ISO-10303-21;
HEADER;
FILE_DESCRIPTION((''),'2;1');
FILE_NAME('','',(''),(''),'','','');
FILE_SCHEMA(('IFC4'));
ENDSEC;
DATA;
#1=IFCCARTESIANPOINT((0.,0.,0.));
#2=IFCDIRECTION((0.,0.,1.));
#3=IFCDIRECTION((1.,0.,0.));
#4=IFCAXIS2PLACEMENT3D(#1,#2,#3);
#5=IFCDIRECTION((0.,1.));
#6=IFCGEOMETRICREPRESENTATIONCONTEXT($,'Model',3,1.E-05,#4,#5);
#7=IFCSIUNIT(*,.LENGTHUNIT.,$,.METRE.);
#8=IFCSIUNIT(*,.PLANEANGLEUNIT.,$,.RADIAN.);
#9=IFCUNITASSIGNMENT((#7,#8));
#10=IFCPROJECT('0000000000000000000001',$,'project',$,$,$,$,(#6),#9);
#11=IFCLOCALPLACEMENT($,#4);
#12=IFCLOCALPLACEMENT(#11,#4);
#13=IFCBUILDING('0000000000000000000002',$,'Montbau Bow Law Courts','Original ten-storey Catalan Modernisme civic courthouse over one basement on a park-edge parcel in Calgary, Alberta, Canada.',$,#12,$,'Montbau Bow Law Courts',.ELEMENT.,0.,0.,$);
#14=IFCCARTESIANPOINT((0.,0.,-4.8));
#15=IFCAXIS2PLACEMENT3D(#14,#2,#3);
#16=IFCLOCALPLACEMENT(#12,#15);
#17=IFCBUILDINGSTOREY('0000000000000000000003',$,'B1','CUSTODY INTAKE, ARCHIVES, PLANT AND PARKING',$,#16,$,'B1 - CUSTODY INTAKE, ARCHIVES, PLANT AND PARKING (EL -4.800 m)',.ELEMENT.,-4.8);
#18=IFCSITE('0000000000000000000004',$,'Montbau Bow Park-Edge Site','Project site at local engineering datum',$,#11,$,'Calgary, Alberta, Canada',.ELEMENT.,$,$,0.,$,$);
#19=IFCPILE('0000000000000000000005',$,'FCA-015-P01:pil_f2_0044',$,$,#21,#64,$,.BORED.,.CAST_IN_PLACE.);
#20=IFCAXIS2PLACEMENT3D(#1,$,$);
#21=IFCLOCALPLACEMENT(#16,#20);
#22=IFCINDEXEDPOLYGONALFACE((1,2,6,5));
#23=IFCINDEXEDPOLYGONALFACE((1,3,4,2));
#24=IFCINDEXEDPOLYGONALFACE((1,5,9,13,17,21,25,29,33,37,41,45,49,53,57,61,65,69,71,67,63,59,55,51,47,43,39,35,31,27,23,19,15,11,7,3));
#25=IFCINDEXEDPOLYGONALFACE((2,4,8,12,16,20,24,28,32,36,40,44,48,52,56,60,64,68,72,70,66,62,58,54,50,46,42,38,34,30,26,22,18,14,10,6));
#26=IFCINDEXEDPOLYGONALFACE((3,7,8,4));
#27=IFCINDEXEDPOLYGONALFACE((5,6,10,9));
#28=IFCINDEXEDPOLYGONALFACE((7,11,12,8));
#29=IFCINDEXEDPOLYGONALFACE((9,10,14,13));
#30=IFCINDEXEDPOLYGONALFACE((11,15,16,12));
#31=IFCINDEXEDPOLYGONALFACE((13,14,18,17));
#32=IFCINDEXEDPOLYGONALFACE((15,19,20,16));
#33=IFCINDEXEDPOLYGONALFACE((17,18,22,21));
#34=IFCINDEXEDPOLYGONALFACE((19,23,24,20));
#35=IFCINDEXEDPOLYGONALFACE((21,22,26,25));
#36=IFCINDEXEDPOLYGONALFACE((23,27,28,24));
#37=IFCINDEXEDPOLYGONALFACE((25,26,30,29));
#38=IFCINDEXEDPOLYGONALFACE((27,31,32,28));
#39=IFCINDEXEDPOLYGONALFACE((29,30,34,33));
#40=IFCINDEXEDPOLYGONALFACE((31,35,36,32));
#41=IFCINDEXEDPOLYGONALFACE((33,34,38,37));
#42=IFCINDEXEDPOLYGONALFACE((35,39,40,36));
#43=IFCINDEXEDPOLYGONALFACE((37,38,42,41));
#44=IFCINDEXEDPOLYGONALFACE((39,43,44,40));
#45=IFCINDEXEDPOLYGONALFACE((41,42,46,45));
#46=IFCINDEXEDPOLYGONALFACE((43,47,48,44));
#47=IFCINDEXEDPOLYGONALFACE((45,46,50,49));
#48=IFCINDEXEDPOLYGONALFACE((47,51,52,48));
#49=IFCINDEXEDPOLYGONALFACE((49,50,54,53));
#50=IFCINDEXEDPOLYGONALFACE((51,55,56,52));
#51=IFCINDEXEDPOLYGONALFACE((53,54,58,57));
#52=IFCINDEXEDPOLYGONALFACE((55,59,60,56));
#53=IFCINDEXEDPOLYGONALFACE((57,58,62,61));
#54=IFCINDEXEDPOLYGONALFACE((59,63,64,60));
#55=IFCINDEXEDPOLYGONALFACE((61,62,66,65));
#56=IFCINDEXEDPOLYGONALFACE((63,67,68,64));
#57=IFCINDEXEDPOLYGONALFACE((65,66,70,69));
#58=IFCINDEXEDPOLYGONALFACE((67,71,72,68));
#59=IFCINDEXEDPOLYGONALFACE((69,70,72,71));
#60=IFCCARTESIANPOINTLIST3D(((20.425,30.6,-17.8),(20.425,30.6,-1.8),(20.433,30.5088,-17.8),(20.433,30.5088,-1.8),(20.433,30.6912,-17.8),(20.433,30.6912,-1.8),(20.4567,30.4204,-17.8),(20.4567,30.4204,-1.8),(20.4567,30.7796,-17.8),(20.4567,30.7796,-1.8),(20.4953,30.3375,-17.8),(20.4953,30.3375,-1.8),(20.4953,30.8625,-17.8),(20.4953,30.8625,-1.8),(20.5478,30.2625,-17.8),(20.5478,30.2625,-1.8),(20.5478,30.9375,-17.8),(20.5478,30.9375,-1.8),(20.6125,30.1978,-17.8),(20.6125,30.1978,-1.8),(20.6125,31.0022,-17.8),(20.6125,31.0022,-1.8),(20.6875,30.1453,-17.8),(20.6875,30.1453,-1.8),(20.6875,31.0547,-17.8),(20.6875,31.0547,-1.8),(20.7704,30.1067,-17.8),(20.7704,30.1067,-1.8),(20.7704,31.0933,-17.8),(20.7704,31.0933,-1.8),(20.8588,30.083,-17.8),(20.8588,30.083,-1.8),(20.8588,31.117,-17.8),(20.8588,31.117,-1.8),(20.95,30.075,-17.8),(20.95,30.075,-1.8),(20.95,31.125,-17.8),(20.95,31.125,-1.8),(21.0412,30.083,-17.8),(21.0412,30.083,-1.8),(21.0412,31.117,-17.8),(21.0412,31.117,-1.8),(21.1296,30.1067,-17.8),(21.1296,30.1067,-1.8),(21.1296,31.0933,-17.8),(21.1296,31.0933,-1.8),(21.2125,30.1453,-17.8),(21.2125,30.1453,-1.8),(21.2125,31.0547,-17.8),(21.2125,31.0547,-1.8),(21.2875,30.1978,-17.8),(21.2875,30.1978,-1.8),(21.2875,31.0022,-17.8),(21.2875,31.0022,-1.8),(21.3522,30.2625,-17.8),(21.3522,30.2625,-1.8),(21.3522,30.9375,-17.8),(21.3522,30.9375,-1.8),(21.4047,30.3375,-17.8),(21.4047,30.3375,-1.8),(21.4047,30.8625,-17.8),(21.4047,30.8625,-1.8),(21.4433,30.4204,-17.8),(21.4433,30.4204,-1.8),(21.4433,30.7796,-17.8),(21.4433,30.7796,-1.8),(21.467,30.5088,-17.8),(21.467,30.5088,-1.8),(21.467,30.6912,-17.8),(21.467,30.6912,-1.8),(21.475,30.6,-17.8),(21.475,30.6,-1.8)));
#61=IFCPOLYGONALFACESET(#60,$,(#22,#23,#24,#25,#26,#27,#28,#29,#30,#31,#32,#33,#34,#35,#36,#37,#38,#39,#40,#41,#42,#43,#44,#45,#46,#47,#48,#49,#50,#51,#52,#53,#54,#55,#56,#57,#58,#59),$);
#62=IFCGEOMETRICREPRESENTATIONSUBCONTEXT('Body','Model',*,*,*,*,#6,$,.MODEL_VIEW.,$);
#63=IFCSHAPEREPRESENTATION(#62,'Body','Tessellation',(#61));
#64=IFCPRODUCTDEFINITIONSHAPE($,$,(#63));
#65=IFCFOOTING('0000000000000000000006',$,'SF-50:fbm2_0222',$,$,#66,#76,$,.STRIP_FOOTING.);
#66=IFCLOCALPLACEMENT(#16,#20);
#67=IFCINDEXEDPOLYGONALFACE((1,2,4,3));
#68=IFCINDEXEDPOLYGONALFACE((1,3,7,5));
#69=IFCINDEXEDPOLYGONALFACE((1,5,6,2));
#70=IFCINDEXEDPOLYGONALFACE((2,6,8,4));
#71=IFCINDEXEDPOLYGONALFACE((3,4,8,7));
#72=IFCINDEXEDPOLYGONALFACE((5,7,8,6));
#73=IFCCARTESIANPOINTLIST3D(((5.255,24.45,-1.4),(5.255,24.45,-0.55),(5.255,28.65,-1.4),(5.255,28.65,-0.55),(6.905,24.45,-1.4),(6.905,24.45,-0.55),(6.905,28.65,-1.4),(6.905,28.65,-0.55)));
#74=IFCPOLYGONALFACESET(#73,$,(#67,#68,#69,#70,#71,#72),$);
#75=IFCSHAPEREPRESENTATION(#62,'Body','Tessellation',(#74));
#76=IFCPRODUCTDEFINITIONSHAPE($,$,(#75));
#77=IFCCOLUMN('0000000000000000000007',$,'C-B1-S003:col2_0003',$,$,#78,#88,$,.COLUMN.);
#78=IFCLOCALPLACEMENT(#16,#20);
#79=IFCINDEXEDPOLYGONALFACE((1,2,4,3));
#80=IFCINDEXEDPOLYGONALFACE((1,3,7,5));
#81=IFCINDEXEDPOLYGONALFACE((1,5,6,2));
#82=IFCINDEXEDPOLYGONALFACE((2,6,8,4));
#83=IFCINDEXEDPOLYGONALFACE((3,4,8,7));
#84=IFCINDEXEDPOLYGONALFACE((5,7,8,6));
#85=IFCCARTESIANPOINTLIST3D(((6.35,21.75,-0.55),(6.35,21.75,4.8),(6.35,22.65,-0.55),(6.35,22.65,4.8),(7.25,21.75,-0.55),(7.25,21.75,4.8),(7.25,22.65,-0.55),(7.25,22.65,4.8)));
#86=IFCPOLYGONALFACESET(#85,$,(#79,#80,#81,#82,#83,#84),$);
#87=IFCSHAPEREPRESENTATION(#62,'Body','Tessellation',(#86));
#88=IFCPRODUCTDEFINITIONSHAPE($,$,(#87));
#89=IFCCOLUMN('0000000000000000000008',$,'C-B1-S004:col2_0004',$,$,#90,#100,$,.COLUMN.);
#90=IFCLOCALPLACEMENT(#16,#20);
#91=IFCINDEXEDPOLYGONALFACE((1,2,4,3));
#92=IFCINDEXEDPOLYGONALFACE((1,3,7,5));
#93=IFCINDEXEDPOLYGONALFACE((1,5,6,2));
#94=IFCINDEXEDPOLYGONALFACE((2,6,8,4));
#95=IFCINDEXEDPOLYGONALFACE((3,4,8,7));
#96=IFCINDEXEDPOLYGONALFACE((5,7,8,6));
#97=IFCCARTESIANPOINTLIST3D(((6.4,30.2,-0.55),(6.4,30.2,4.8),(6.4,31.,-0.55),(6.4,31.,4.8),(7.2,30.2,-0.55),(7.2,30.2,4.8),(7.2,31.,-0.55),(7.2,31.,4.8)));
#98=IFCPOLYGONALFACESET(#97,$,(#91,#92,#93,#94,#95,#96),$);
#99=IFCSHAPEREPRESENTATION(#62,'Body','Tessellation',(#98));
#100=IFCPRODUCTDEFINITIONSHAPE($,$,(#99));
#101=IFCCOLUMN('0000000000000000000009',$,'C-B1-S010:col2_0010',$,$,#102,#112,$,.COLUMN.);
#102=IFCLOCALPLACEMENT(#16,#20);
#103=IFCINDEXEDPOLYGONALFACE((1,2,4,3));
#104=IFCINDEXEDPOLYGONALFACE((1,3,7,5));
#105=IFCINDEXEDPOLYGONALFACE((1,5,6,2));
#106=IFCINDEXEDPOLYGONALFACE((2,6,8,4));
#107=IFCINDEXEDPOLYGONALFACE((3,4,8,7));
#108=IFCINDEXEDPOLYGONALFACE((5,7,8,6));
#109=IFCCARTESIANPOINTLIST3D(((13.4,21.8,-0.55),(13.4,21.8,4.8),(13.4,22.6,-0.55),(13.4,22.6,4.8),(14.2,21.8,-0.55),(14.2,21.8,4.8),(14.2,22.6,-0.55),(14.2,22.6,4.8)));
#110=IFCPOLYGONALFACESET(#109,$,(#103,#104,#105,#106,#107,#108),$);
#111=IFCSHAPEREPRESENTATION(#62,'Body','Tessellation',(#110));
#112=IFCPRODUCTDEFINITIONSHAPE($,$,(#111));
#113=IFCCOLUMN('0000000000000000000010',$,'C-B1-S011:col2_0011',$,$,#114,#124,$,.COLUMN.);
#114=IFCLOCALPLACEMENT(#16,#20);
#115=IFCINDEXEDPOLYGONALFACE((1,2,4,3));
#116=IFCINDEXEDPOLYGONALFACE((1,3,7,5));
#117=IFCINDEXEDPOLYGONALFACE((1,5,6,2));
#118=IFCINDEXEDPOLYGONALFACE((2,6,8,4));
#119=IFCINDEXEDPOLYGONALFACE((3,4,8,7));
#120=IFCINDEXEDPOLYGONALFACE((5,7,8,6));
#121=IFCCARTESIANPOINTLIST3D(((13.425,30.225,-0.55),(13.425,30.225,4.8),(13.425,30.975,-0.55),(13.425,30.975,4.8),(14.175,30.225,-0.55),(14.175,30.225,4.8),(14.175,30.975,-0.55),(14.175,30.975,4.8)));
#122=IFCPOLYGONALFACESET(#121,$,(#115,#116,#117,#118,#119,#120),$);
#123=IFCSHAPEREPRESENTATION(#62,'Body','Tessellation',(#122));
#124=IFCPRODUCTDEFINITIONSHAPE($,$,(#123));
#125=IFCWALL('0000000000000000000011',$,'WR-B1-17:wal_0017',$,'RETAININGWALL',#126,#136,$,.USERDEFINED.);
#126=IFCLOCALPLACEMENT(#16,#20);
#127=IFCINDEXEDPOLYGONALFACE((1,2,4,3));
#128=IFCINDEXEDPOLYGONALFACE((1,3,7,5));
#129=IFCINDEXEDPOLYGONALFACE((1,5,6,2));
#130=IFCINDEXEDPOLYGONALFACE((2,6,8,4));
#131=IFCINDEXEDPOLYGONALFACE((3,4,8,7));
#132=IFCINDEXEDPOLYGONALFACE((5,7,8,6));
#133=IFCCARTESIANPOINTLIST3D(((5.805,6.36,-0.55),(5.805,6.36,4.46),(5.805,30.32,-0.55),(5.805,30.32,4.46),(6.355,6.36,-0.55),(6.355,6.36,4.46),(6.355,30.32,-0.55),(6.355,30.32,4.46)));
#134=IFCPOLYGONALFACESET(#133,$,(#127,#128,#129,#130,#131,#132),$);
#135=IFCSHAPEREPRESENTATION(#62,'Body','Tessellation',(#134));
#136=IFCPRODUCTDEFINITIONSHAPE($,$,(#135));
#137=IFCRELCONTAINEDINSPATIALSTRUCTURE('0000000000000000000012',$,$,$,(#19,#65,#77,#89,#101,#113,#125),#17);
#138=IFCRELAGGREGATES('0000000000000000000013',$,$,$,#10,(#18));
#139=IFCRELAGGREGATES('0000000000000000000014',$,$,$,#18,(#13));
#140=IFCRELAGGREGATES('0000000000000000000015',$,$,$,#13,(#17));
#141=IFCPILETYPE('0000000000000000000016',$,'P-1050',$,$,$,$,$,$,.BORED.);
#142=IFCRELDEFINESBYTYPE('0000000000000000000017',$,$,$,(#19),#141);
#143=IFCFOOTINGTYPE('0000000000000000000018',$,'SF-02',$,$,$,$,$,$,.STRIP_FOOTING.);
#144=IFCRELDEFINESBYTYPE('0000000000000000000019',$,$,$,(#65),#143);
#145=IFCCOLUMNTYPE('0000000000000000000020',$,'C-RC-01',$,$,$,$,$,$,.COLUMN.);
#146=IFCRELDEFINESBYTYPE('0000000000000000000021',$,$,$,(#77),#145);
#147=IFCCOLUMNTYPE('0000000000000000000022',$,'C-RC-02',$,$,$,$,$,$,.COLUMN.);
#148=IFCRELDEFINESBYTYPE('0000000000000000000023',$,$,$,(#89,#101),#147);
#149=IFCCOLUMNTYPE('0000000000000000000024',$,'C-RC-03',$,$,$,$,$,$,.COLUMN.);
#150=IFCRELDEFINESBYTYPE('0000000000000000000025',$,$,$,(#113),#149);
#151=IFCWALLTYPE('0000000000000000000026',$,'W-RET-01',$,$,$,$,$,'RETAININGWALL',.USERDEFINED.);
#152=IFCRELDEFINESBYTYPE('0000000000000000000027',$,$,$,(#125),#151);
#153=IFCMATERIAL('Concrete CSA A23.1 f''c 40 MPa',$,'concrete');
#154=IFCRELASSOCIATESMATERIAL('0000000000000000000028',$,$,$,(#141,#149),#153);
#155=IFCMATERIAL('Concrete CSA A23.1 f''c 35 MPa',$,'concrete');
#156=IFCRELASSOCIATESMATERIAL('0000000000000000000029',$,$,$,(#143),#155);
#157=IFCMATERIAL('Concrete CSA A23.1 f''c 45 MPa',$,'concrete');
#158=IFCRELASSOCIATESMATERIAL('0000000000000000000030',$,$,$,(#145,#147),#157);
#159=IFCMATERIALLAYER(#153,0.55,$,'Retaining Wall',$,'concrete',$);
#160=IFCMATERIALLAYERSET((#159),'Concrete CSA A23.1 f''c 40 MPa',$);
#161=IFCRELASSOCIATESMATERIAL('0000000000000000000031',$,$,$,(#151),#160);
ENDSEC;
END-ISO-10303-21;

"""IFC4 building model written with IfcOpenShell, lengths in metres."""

from ifc_helpers import new_model, si_unit, direction, frame, frame_2d, origin_with_axes, origin_2d_with_axis, place, context, subcontext, project, spatial, rectangle, circle, extrude, material, layer, layer_set, material_profile, profile_set, type_object, element, save


model = new_model("IFC4")

# Units and contexts
model_context = context("Model", 3, precision=1e-05, world=origin_with_axes(), true_north=direction((0.0, 1.0)))
body_context = subcontext(model_context, "Body", "Model", "MODEL_VIEW")
ifc_project = project(units=[si_unit("LENGTHUNIT", "METRE"), si_unit("PLANEANGLEUNIT", "RADIAN")], contexts=[model_context])

# Site, building, storey
site_placement = place(None, origin_with_axes())
site = spatial("IfcSite", under=ifc_project, at=site_placement, Name="Montbau Bow Park-Edge Site", Description="Project site at local engineering datum", LongName="Calgary, Alberta, Canada", CompositionType="ELEMENT", RefElevation=0.0)
building_placement = place(site_placement, origin_with_axes())
building = spatial("IfcBuilding", under=site, at=building_placement, Name="Montbau Bow Law Courts", Description="Original ten-storey Catalan Modernisme civic courthouse over one basement on a park-edge parcel in Calgary, Alberta, Canada.", LongName="Montbau Bow Law Courts", CompositionType="ELEMENT", ElevationOfRefHeight=0.0, ElevationOfTerrain=0.0)
storey_placement = place(building_placement, frame((0.0, 0.0, -4.8), z_axis=(0.0, 0.0, 1.0), x_axis=(1.0, 0.0, 0.0)))
storey = spatial("IfcBuildingStorey", under=building, at=storey_placement, Name="B1", Description="CUSTODY INTAKE, ARCHIVES, PLANT AND PARKING", LongName="B1 - CUSTODY INTAKE, ARCHIVES, PLANT AND PARKING (EL -4.800 m)", CompositionType="ELEMENT", Elevation=-4.8)

# Shared definitions
ifc_material_1 = material(Name="Concrete CSA A23.1 f'c 35 MPa", Category="concrete")

# Pile
ifc_material_2 = material(Name="Concrete CSA A23.1 f'c 40 MPa", Category="concrete")
ifc_material_profile_1 = material_profile(ifc_material_2, circle(Radius=0.525, at=origin_2d_with_axis()), Name="BP1050", Category="Main", Priority=0)
ifc_profile_set_1 = profile_set([ifc_material_profile_1], Name="Concrete CSA A23.1 f'c 40 MPa")
pile_type_1 = type_object("IfcPileType", Name="P-1050", PredefinedType="BORED", material=ifc_profile_set_1)
pile_placement = place(None, frame((20.95, 30.6, -22.6), z_axis=(0.0, 0.0, 1.0), x_axis=(1.0, 0.0, 0.0)))
element("IfcPile", 1, at=pile_placement, inside=storey, type_object=pile_type_1, Name="FCA-015-P01:pil_f2_0044", ConstructionType="CAST_IN_PLACE", PredefinedType="BORED", context=body_context, shape_type="SweptSolid", body=[
    extrude(circle(Radius=0.525, at=origin_2d_with_axis()), origin_with_axes(), (0.0, 0.0, 1.0), 16.0),
])

# Footing
footing_type_1 = type_object("IfcFootingType", Name="SF-02", PredefinedType="STRIP_FOOTING", material=ifc_material_1)
footing_1_placement = place(None, frame((6.08, 26.55, -6.2), z_axis=(0.0, 0.0, 1.0), x_axis=(0.0, 1.0, 0.0)))
element("IfcFooting", 2, at=footing_1_placement, inside=storey, type_object=footing_type_1, Name="SF-50:fbm2_0222", PredefinedType="STRIP_FOOTING", context=body_context, shape_type="SweptSolid", body=[
    extrude(rectangle(XDim=4.2, YDim=1.65, at=origin_2d_with_axis()), origin_with_axes(), (0.0, 0.0, 1.0), 0.85),
])

# Columns
ifc_material_3 = material(Name="Concrete CSA A23.1 f'c 45 MPa", Category="concrete")
ifc_material_profile_2 = material_profile(ifc_material_3, rectangle(XDim=0.9, YDim=0.9, at=origin_2d_with_axis()), Name="RC900X900", Category="Main", Priority=0)
ifc_profile_set_2 = profile_set([ifc_material_profile_2], Name="Concrete CSA A23.1 f'c 45 MPa")
column_type_1 = type_object("IfcColumnType", Name="C-RC-01", PredefinedType="COLUMN", material=ifc_profile_set_2)
column_1_placement = place(None, frame((6.8, 22.2, -5.35), z_axis=(0.0, 0.0, 1.0), x_axis=(1.0, 0.0, 0.0)))
element("IfcColumn", 3, at=column_1_placement, inside=storey, type_object=column_type_1, Name="C-B1-S003:col2_0003", PredefinedType="COLUMN", context=body_context, shape_type="SweptSolid", body=[
    extrude(rectangle(XDim=0.9, YDim=0.9, at=origin_2d_with_axis()), origin_with_axes(), (0.0, 0.0, 1.0), 5.35),
])
ifc_material_profile_3 = material_profile(ifc_material_3, rectangle(XDim=0.8, YDim=0.8, at=origin_2d_with_axis()), Name="RC800X800", Category="Main", Priority=0)
ifc_profile_set_3 = profile_set([ifc_material_profile_3], Name="Concrete CSA A23.1 f'c 45 MPa")
column_type_2 = type_object("IfcColumnType", Name="C-RC-02", PredefinedType="COLUMN", material=ifc_profile_set_3)
for number, where, z_axis, x_axis, name in (
    (4, (6.8, 30.6, -5.35), (0.0, 0.0, 1.0), (1.0, 0.0, 0.0), "C-B1-S004:col2_0004"),
    (5, (13.8, 22.2, -5.35), (0.0, 0.0, 1.0), (1.0, 0.0, 0.0), "C-B1-S010:col2_0010"),
):
    element("IfcColumn", number, at=place(None, frame(where, z_axis=z_axis, x_axis=x_axis)), inside=storey, type_object=column_type_2, Name=name, PredefinedType="COLUMN", context=body_context, shape_type="SweptSolid", body=[
        extrude(rectangle(XDim=0.8, YDim=0.8, at=origin_2d_with_axis()), origin_with_axes(), (0.0, 0.0, 1.0), 5.35),
    ])
ifc_material_profile_4 = material_profile(ifc_material_2, rectangle(XDim=0.75, YDim=0.75, at=origin_2d_with_axis()), Name="RC750X750", Category="Main", Priority=0)
ifc_profile_set_4 = profile_set([ifc_material_profile_4], Name="Concrete CSA A23.1 f'c 40 MPa")
column_type_3 = type_object("IfcColumnType", Name="C-RC-03", PredefinedType="COLUMN", material=ifc_profile_set_4)
column_2_placement = place(None, frame((13.8, 30.6, -5.35), z_axis=(0.0, 0.0, 1.0), x_axis=(1.0, 0.0, 0.0)))
element("IfcColumn", 6, at=column_2_placement, inside=storey, type_object=column_type_3, Name="C-B1-S011:col2_0011", PredefinedType="COLUMN", context=body_context, shape_type="SweptSolid", body=[
    extrude(rectangle(XDim=0.75, YDim=0.75, at=origin_2d_with_axis()), origin_with_axes(), (0.0, 0.0, 1.0), 5.35),
])

# Wall
ifc_layer = layer(ifc_material_2, 0.55, Name="Retaining Wall", Category="concrete")
ifc_layer_set = layer_set([ifc_layer], Name="Concrete CSA A23.1 f'c 40 MPa")
wall_type = type_object("IfcWallType", Name="W-RET-01", ElementType="RETAININGWALL", PredefinedType="USERDEFINED", material=ifc_layer_set)
wall_placement = place(None, frame((6.08, 30.32, -5.35), z_axis=(0.0, 0.0, 1.0), x_axis=(0.0, -1.0, 0.0)))
element("IfcWall", 7, at=wall_placement, inside=storey, type_object=wall_type, Name="WR-B1-17:wal_0017", ObjectType="RETAININGWALL", PredefinedType="USERDEFINED", context=body_context, shape_type="SweptSolid", body=[
    extrude(rectangle(XDim=23.96, YDim=0.55, at=frame_2d((11.98, 0.0), x_axis=(1.0, 0.0))), origin_with_axes(), (0.0, 0.0, 1.0), 5.01),
])

save(model, "model.ifc")
